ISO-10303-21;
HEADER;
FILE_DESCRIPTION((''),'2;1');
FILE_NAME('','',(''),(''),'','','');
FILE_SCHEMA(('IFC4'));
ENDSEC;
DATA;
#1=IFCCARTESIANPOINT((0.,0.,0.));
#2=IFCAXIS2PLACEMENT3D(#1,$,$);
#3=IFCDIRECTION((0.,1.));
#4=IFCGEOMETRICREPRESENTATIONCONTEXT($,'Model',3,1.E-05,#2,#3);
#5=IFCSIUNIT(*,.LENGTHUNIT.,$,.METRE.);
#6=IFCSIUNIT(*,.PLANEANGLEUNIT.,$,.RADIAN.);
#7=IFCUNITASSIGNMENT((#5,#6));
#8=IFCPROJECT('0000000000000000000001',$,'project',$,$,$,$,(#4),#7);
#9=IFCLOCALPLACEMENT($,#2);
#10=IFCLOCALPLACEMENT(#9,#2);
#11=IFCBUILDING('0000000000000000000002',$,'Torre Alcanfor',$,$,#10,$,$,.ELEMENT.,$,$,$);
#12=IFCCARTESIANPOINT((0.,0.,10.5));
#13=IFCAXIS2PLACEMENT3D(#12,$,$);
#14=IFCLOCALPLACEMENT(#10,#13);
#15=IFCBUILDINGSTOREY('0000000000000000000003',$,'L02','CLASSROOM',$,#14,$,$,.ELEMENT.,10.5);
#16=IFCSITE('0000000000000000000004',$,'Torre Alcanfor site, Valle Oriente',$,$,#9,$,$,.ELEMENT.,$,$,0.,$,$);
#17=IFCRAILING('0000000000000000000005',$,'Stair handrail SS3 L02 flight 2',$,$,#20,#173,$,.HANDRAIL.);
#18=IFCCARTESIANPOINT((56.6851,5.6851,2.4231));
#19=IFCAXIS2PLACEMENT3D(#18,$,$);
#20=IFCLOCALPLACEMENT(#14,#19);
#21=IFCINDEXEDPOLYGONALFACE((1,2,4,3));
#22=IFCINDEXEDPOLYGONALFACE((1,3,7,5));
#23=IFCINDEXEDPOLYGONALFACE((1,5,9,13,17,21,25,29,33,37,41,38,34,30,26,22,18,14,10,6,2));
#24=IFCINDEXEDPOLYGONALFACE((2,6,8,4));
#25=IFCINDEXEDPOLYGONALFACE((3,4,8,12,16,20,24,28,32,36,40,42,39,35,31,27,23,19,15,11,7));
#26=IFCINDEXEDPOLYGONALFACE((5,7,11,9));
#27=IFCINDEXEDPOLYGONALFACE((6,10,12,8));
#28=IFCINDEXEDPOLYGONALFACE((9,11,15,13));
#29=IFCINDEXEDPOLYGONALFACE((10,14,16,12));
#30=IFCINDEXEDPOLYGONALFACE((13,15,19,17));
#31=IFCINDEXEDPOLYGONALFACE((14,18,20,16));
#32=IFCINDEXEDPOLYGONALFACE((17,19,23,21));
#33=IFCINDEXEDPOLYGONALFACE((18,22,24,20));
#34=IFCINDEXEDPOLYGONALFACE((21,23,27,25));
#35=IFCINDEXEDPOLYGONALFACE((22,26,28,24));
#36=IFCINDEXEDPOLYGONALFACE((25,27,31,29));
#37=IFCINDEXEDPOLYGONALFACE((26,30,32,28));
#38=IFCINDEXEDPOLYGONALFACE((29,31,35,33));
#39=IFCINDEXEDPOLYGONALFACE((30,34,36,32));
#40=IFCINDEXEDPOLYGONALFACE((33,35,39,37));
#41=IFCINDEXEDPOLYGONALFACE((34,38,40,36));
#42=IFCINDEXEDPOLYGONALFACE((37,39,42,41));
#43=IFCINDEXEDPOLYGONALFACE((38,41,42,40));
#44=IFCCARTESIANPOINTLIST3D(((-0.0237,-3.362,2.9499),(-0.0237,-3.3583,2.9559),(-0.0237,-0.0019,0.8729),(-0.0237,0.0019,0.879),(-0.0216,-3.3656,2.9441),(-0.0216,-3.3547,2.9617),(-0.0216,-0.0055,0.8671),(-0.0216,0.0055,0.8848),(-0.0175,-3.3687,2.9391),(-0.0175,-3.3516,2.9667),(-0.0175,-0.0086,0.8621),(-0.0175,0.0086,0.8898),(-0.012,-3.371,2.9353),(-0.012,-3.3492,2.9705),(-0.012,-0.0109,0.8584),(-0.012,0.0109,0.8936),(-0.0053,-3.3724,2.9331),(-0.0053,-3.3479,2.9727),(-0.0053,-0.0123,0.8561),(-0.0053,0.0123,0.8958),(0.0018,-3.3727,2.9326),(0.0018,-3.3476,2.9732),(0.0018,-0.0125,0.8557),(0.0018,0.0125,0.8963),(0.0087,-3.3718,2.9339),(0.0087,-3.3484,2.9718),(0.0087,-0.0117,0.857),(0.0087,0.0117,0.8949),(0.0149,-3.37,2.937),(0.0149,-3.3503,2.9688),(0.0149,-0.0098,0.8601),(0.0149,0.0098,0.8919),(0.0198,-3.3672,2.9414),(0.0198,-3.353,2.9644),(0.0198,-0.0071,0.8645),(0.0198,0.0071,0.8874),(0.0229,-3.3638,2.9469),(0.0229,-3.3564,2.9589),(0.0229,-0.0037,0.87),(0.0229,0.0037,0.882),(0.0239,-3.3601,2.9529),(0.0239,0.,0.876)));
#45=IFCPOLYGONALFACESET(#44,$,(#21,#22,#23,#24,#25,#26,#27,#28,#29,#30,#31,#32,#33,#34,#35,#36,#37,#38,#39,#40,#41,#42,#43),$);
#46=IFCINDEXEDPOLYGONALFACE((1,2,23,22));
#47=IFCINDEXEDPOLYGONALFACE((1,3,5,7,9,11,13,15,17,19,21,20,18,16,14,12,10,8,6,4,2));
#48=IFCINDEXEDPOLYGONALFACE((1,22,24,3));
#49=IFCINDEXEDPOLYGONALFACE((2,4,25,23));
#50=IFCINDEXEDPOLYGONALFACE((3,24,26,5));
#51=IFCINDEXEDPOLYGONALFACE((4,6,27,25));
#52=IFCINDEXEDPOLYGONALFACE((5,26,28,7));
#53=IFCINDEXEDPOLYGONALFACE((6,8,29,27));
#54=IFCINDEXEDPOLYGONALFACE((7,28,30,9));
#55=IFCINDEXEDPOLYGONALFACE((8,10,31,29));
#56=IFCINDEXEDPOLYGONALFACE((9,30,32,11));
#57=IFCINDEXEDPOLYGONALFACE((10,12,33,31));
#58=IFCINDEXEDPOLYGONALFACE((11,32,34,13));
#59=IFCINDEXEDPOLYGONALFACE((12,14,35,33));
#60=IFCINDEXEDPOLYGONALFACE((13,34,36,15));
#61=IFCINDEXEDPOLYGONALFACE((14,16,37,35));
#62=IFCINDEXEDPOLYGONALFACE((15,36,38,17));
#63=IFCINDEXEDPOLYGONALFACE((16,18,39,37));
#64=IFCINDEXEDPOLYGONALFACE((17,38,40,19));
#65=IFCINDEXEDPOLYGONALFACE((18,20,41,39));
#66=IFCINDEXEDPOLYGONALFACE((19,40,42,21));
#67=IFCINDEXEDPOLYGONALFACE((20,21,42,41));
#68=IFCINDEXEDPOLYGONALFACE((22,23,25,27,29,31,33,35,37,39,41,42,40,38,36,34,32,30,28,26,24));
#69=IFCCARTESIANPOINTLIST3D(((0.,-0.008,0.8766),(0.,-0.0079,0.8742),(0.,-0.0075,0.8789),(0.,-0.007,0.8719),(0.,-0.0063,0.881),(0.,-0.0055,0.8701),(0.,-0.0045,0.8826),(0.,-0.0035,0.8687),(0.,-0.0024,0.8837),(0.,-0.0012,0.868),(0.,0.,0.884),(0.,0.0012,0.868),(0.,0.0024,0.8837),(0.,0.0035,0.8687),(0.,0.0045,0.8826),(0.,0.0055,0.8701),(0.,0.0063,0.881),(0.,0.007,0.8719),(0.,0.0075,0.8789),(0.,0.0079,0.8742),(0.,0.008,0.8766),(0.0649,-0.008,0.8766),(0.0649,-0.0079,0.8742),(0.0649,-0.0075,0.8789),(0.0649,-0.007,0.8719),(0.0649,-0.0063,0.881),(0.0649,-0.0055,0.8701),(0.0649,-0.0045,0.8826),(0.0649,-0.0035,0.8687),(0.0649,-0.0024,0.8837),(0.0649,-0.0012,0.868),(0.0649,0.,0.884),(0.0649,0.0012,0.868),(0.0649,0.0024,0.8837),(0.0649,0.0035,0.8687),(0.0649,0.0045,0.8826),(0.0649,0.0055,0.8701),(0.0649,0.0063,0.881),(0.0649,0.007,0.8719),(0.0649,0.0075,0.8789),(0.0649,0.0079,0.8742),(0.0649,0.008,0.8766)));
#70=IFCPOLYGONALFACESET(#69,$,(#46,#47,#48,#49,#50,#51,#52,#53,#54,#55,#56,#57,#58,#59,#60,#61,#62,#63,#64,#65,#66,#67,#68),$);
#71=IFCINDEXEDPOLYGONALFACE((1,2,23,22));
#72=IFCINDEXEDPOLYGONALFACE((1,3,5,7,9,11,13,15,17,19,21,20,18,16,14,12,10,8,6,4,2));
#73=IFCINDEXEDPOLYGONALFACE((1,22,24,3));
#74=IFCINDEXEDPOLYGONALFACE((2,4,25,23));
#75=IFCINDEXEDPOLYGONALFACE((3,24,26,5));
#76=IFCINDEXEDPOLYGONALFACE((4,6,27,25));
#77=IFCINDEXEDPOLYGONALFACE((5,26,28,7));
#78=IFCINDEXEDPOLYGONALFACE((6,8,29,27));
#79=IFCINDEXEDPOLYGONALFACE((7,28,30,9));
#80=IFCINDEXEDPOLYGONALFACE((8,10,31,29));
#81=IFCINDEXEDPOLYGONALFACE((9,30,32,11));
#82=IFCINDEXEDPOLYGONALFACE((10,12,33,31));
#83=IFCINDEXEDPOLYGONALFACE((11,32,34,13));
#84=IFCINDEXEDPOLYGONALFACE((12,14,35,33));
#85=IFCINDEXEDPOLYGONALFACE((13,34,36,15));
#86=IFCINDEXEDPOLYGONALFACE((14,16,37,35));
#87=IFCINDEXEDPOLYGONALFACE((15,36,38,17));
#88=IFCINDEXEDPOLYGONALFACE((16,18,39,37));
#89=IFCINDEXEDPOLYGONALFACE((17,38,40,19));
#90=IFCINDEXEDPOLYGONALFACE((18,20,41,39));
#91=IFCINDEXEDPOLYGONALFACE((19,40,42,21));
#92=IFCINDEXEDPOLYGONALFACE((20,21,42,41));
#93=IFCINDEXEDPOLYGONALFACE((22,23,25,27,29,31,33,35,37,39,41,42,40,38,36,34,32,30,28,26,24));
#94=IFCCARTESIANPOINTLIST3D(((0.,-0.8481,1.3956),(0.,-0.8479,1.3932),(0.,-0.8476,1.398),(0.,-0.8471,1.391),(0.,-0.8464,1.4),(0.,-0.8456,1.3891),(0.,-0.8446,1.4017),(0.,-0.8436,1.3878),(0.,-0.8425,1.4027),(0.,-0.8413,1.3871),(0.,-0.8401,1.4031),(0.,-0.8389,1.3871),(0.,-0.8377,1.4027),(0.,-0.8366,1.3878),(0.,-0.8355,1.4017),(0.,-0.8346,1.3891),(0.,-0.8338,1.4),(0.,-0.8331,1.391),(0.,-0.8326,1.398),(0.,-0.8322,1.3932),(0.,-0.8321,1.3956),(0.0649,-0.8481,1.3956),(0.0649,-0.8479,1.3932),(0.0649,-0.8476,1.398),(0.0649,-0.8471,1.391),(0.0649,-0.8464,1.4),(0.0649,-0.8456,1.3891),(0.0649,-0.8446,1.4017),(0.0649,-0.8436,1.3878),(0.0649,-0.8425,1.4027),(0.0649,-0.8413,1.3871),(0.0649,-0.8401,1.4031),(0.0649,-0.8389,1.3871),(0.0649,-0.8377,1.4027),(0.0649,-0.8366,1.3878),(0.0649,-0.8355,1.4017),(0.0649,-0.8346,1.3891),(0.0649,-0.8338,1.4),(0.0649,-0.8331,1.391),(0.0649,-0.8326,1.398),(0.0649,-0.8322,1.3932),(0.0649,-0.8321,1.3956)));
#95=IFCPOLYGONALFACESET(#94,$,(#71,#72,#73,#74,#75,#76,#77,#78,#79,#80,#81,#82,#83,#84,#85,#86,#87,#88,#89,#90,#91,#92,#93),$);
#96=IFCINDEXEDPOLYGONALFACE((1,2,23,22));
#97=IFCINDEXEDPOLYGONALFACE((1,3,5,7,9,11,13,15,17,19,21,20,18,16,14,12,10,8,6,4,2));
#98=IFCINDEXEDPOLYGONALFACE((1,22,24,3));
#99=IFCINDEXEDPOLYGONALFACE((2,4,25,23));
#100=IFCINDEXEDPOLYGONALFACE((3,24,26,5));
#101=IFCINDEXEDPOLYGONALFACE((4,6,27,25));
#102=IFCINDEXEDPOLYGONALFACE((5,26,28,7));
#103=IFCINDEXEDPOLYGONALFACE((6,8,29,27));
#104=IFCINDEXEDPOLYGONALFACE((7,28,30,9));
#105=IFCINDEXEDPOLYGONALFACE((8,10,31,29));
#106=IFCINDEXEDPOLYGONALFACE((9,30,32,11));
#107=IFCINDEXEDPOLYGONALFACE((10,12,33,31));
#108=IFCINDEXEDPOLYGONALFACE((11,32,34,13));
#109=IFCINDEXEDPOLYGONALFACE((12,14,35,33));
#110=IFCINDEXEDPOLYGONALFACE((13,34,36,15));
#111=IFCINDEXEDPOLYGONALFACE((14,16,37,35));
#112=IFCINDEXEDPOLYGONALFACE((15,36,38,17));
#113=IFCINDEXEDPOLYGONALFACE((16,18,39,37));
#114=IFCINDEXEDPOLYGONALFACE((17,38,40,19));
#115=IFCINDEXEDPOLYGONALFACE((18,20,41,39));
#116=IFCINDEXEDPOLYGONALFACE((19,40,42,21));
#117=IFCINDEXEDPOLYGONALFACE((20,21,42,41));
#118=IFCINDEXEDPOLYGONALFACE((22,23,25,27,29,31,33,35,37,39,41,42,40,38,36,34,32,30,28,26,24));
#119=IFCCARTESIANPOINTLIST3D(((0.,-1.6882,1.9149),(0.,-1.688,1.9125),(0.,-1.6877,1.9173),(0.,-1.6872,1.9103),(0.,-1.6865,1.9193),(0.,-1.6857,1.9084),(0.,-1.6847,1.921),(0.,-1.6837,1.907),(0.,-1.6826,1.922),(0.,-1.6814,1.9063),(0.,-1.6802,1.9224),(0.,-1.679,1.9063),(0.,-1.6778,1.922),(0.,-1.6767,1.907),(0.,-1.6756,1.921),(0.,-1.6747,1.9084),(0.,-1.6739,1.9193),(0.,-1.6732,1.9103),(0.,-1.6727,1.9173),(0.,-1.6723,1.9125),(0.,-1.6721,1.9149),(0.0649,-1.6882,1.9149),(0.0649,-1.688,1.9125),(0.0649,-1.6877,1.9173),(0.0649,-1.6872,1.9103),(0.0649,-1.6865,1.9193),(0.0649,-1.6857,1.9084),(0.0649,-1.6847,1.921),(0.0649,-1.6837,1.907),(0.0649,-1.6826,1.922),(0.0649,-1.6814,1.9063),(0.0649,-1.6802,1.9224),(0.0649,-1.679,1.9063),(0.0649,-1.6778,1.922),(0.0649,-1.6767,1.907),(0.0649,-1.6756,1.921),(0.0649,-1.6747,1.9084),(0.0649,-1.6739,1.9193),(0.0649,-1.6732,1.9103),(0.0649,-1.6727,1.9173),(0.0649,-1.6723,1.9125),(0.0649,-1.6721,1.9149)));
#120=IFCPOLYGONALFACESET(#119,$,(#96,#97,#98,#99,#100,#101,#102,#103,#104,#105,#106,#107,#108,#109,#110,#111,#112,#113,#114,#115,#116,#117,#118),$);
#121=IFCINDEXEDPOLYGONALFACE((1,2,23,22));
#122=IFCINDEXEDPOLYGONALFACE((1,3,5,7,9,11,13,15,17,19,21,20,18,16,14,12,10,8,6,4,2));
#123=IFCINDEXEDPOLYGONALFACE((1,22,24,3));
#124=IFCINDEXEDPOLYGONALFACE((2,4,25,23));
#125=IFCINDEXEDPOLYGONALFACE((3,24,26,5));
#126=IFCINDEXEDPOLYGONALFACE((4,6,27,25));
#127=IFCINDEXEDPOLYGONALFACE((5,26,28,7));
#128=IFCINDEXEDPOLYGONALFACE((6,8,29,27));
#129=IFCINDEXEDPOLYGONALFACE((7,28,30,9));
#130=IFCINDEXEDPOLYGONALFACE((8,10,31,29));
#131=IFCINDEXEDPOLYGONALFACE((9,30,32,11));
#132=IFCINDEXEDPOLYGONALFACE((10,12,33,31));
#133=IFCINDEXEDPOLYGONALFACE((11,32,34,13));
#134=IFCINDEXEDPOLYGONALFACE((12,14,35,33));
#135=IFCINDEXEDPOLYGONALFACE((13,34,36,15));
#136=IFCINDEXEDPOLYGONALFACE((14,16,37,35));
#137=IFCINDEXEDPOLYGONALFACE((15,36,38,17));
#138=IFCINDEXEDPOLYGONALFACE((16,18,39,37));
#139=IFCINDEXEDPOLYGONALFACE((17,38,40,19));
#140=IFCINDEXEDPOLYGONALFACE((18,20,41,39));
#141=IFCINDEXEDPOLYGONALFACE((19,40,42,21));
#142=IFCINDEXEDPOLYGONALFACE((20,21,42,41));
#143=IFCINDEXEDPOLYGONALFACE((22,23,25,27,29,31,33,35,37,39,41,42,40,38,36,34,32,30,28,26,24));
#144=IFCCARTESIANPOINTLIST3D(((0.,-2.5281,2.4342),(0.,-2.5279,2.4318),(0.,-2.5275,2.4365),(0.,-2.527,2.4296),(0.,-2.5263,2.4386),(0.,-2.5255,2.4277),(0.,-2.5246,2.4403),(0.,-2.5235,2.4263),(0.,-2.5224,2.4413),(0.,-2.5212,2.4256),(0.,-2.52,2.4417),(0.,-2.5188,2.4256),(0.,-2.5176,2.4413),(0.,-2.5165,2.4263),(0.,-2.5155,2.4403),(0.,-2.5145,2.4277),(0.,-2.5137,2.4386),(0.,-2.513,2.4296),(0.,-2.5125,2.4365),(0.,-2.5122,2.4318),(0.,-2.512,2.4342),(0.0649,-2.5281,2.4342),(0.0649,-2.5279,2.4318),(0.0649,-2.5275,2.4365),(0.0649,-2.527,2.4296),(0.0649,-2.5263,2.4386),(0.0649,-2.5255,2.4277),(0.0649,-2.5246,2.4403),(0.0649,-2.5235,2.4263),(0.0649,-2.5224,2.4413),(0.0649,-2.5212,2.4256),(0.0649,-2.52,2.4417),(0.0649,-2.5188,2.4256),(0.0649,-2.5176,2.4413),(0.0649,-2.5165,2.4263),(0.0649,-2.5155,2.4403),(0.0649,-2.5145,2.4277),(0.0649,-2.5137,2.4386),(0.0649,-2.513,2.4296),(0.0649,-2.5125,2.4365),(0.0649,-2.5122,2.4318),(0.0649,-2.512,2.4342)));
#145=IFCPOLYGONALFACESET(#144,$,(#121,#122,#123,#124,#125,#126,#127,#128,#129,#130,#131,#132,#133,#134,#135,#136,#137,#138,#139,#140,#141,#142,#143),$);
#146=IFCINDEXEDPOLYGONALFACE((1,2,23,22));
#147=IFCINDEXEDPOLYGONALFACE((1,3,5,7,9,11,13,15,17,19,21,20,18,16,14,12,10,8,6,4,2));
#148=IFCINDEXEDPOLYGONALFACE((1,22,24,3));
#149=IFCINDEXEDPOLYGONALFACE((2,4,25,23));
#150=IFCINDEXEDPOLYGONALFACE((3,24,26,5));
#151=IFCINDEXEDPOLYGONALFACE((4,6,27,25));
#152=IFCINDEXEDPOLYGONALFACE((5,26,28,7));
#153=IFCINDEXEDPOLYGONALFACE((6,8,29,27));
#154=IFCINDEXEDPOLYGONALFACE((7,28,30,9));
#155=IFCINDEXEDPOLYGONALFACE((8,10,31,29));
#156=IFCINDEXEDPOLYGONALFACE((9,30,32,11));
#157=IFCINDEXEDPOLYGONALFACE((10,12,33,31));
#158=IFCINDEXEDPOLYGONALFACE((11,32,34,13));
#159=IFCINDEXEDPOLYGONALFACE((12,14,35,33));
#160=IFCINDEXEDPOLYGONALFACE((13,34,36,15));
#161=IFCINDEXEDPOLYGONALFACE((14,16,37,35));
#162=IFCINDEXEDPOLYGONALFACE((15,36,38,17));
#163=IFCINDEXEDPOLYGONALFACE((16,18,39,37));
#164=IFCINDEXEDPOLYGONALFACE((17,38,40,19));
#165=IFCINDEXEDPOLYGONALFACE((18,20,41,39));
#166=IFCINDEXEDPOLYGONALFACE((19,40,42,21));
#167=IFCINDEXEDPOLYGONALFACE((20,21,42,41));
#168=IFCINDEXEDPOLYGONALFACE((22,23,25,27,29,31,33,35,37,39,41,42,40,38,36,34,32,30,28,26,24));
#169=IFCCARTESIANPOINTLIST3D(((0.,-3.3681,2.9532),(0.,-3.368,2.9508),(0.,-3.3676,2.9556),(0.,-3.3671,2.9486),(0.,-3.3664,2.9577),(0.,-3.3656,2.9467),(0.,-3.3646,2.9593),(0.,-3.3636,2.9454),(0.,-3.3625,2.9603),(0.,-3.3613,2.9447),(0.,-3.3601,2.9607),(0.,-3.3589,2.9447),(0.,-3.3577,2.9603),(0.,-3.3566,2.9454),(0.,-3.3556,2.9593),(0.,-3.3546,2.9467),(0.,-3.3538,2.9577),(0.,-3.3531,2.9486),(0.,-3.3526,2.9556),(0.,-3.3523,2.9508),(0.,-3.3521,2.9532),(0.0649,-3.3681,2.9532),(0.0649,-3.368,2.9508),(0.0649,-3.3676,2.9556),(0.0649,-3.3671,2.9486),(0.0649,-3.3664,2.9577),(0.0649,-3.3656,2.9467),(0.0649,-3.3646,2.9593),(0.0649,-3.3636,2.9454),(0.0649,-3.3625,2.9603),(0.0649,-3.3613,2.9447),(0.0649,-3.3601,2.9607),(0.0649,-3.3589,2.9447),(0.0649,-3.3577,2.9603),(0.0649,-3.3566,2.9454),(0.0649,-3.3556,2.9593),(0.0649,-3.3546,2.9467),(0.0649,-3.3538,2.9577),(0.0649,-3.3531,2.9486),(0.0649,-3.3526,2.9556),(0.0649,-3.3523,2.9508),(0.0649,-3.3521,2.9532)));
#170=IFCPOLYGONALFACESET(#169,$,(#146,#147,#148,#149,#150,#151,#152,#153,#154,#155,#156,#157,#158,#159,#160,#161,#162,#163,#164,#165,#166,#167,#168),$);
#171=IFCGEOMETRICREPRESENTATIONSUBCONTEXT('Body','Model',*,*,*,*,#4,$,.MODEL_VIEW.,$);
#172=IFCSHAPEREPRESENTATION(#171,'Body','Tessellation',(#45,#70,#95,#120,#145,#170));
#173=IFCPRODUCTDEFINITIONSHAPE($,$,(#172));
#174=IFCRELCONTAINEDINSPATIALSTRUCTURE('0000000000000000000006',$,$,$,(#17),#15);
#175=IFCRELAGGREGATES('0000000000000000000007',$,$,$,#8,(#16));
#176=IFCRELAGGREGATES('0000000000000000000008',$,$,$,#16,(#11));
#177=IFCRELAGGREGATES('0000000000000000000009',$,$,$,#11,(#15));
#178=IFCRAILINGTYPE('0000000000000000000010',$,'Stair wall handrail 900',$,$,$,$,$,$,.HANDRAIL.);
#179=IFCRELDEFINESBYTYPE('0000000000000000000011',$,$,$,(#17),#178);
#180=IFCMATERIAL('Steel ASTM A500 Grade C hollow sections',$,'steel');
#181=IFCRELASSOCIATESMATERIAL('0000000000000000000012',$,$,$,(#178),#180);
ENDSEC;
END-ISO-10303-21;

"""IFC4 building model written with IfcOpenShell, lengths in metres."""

from ifc_helpers import new_model, si_unit, direction, frame, origin, origin_2d, place, context, subcontext, project, spatial, circle, extrude, material, type_object, element, save


model = new_model("IFC4")

# Units and contexts
model_context = context("Model", 3, precision=1e-05, world=origin(), true_north=direction((0.0, 1.0)))
body_context = subcontext(model_context, "Body", "Model", "MODEL_VIEW")
ifc_project = project(units=[si_unit("LENGTHUNIT", "METRE"), si_unit("PLANEANGLEUNIT", "RADIAN")], contexts=[model_context])

# Site, building, storey
site_placement = place(None, origin())
site = spatial("IfcSite", under=ifc_project, at=site_placement, Name="Torre Alcanfor site, Valle Oriente", CompositionType="ELEMENT", RefElevation=0.0)
building_placement = place(site_placement, origin())
building = spatial("IfcBuilding", under=site, at=building_placement, Name="Torre Alcanfor", CompositionType="ELEMENT")
storey_placement = place(building_placement, frame((0.0, 0.0, 10.5)))
storey = spatial("IfcBuildingStorey", under=building, at=storey_placement, Name="L02", Description="CLASSROOM", CompositionType="ELEMENT", Elevation=10.5)

# Railing
ifc_material_1 = material(Name="Steel ASTM A500 Grade C hollow sections", Category="steel")
railing_type_1 = type_object("IfcRailingType", Name="Stair wall handrail 900", PredefinedType="HANDRAIL", material=ifc_material_1)
railing_1_placement = place(storey_placement, frame((56.6851, 5.6851, 2.4231)))
element("IfcRailing", 1, at=railing_1_placement, inside=storey, type_object=railing_type_1, Name="Stair handrail SS3 L02 flight 2", PredefinedType="HANDRAIL", context=body_context, shape_type="SweptSolid", body=[
    extrude(circle(Radius=0.0239, at=origin_2d()), frame((0.0, 0.0, 0.876), z_axis=(0.0, -0.850623, 0.525776), x_axis=(1.0, 0.0, 0.0)), (0.0, 0.0, 1.0), 3.9502),
    extrude(circle(Radius=0.0081, at=origin_2d()), frame((0.0, 0.0, 0.876), z_axis=(1.0, 0.0, 0.0), x_axis=(0.0, 0.0, 1.0)), (0.0, 0.0, 1.0), 0.0649),
    extrude(circle(Radius=0.0081, at=origin_2d()), frame((0.0, -0.8401, 1.395), z_axis=(1.0, 0.0, 0.0), x_axis=(0.0, 0.0, 1.0)), (0.0, 0.0, 1.0), 0.0649),
    extrude(circle(Radius=0.0081, at=origin_2d()), frame((0.0, -1.6802, 1.9143), z_axis=(1.0, 0.0, 0.0), x_axis=(0.0, 0.0, 1.0)), (0.0, 0.0, 1.0), 0.0649),
    extrude(circle(Radius=0.0081, at=origin_2d()), frame((0.0, -2.52, 2.4336), z_axis=(1.0, 0.0, 0.0), x_axis=(0.0, 0.0, 1.0)), (0.0, 0.0, 1.0), 0.0649),
    extrude(circle(Radius=0.0081, at=origin_2d()), frame((0.0, -3.3601, 2.9526), z_axis=(1.0, 0.0, 0.0), x_axis=(0.0, 0.0, 1.0)), (0.0, 0.0, 1.0), 0.0649),
])

save(model, "model.ifc")
